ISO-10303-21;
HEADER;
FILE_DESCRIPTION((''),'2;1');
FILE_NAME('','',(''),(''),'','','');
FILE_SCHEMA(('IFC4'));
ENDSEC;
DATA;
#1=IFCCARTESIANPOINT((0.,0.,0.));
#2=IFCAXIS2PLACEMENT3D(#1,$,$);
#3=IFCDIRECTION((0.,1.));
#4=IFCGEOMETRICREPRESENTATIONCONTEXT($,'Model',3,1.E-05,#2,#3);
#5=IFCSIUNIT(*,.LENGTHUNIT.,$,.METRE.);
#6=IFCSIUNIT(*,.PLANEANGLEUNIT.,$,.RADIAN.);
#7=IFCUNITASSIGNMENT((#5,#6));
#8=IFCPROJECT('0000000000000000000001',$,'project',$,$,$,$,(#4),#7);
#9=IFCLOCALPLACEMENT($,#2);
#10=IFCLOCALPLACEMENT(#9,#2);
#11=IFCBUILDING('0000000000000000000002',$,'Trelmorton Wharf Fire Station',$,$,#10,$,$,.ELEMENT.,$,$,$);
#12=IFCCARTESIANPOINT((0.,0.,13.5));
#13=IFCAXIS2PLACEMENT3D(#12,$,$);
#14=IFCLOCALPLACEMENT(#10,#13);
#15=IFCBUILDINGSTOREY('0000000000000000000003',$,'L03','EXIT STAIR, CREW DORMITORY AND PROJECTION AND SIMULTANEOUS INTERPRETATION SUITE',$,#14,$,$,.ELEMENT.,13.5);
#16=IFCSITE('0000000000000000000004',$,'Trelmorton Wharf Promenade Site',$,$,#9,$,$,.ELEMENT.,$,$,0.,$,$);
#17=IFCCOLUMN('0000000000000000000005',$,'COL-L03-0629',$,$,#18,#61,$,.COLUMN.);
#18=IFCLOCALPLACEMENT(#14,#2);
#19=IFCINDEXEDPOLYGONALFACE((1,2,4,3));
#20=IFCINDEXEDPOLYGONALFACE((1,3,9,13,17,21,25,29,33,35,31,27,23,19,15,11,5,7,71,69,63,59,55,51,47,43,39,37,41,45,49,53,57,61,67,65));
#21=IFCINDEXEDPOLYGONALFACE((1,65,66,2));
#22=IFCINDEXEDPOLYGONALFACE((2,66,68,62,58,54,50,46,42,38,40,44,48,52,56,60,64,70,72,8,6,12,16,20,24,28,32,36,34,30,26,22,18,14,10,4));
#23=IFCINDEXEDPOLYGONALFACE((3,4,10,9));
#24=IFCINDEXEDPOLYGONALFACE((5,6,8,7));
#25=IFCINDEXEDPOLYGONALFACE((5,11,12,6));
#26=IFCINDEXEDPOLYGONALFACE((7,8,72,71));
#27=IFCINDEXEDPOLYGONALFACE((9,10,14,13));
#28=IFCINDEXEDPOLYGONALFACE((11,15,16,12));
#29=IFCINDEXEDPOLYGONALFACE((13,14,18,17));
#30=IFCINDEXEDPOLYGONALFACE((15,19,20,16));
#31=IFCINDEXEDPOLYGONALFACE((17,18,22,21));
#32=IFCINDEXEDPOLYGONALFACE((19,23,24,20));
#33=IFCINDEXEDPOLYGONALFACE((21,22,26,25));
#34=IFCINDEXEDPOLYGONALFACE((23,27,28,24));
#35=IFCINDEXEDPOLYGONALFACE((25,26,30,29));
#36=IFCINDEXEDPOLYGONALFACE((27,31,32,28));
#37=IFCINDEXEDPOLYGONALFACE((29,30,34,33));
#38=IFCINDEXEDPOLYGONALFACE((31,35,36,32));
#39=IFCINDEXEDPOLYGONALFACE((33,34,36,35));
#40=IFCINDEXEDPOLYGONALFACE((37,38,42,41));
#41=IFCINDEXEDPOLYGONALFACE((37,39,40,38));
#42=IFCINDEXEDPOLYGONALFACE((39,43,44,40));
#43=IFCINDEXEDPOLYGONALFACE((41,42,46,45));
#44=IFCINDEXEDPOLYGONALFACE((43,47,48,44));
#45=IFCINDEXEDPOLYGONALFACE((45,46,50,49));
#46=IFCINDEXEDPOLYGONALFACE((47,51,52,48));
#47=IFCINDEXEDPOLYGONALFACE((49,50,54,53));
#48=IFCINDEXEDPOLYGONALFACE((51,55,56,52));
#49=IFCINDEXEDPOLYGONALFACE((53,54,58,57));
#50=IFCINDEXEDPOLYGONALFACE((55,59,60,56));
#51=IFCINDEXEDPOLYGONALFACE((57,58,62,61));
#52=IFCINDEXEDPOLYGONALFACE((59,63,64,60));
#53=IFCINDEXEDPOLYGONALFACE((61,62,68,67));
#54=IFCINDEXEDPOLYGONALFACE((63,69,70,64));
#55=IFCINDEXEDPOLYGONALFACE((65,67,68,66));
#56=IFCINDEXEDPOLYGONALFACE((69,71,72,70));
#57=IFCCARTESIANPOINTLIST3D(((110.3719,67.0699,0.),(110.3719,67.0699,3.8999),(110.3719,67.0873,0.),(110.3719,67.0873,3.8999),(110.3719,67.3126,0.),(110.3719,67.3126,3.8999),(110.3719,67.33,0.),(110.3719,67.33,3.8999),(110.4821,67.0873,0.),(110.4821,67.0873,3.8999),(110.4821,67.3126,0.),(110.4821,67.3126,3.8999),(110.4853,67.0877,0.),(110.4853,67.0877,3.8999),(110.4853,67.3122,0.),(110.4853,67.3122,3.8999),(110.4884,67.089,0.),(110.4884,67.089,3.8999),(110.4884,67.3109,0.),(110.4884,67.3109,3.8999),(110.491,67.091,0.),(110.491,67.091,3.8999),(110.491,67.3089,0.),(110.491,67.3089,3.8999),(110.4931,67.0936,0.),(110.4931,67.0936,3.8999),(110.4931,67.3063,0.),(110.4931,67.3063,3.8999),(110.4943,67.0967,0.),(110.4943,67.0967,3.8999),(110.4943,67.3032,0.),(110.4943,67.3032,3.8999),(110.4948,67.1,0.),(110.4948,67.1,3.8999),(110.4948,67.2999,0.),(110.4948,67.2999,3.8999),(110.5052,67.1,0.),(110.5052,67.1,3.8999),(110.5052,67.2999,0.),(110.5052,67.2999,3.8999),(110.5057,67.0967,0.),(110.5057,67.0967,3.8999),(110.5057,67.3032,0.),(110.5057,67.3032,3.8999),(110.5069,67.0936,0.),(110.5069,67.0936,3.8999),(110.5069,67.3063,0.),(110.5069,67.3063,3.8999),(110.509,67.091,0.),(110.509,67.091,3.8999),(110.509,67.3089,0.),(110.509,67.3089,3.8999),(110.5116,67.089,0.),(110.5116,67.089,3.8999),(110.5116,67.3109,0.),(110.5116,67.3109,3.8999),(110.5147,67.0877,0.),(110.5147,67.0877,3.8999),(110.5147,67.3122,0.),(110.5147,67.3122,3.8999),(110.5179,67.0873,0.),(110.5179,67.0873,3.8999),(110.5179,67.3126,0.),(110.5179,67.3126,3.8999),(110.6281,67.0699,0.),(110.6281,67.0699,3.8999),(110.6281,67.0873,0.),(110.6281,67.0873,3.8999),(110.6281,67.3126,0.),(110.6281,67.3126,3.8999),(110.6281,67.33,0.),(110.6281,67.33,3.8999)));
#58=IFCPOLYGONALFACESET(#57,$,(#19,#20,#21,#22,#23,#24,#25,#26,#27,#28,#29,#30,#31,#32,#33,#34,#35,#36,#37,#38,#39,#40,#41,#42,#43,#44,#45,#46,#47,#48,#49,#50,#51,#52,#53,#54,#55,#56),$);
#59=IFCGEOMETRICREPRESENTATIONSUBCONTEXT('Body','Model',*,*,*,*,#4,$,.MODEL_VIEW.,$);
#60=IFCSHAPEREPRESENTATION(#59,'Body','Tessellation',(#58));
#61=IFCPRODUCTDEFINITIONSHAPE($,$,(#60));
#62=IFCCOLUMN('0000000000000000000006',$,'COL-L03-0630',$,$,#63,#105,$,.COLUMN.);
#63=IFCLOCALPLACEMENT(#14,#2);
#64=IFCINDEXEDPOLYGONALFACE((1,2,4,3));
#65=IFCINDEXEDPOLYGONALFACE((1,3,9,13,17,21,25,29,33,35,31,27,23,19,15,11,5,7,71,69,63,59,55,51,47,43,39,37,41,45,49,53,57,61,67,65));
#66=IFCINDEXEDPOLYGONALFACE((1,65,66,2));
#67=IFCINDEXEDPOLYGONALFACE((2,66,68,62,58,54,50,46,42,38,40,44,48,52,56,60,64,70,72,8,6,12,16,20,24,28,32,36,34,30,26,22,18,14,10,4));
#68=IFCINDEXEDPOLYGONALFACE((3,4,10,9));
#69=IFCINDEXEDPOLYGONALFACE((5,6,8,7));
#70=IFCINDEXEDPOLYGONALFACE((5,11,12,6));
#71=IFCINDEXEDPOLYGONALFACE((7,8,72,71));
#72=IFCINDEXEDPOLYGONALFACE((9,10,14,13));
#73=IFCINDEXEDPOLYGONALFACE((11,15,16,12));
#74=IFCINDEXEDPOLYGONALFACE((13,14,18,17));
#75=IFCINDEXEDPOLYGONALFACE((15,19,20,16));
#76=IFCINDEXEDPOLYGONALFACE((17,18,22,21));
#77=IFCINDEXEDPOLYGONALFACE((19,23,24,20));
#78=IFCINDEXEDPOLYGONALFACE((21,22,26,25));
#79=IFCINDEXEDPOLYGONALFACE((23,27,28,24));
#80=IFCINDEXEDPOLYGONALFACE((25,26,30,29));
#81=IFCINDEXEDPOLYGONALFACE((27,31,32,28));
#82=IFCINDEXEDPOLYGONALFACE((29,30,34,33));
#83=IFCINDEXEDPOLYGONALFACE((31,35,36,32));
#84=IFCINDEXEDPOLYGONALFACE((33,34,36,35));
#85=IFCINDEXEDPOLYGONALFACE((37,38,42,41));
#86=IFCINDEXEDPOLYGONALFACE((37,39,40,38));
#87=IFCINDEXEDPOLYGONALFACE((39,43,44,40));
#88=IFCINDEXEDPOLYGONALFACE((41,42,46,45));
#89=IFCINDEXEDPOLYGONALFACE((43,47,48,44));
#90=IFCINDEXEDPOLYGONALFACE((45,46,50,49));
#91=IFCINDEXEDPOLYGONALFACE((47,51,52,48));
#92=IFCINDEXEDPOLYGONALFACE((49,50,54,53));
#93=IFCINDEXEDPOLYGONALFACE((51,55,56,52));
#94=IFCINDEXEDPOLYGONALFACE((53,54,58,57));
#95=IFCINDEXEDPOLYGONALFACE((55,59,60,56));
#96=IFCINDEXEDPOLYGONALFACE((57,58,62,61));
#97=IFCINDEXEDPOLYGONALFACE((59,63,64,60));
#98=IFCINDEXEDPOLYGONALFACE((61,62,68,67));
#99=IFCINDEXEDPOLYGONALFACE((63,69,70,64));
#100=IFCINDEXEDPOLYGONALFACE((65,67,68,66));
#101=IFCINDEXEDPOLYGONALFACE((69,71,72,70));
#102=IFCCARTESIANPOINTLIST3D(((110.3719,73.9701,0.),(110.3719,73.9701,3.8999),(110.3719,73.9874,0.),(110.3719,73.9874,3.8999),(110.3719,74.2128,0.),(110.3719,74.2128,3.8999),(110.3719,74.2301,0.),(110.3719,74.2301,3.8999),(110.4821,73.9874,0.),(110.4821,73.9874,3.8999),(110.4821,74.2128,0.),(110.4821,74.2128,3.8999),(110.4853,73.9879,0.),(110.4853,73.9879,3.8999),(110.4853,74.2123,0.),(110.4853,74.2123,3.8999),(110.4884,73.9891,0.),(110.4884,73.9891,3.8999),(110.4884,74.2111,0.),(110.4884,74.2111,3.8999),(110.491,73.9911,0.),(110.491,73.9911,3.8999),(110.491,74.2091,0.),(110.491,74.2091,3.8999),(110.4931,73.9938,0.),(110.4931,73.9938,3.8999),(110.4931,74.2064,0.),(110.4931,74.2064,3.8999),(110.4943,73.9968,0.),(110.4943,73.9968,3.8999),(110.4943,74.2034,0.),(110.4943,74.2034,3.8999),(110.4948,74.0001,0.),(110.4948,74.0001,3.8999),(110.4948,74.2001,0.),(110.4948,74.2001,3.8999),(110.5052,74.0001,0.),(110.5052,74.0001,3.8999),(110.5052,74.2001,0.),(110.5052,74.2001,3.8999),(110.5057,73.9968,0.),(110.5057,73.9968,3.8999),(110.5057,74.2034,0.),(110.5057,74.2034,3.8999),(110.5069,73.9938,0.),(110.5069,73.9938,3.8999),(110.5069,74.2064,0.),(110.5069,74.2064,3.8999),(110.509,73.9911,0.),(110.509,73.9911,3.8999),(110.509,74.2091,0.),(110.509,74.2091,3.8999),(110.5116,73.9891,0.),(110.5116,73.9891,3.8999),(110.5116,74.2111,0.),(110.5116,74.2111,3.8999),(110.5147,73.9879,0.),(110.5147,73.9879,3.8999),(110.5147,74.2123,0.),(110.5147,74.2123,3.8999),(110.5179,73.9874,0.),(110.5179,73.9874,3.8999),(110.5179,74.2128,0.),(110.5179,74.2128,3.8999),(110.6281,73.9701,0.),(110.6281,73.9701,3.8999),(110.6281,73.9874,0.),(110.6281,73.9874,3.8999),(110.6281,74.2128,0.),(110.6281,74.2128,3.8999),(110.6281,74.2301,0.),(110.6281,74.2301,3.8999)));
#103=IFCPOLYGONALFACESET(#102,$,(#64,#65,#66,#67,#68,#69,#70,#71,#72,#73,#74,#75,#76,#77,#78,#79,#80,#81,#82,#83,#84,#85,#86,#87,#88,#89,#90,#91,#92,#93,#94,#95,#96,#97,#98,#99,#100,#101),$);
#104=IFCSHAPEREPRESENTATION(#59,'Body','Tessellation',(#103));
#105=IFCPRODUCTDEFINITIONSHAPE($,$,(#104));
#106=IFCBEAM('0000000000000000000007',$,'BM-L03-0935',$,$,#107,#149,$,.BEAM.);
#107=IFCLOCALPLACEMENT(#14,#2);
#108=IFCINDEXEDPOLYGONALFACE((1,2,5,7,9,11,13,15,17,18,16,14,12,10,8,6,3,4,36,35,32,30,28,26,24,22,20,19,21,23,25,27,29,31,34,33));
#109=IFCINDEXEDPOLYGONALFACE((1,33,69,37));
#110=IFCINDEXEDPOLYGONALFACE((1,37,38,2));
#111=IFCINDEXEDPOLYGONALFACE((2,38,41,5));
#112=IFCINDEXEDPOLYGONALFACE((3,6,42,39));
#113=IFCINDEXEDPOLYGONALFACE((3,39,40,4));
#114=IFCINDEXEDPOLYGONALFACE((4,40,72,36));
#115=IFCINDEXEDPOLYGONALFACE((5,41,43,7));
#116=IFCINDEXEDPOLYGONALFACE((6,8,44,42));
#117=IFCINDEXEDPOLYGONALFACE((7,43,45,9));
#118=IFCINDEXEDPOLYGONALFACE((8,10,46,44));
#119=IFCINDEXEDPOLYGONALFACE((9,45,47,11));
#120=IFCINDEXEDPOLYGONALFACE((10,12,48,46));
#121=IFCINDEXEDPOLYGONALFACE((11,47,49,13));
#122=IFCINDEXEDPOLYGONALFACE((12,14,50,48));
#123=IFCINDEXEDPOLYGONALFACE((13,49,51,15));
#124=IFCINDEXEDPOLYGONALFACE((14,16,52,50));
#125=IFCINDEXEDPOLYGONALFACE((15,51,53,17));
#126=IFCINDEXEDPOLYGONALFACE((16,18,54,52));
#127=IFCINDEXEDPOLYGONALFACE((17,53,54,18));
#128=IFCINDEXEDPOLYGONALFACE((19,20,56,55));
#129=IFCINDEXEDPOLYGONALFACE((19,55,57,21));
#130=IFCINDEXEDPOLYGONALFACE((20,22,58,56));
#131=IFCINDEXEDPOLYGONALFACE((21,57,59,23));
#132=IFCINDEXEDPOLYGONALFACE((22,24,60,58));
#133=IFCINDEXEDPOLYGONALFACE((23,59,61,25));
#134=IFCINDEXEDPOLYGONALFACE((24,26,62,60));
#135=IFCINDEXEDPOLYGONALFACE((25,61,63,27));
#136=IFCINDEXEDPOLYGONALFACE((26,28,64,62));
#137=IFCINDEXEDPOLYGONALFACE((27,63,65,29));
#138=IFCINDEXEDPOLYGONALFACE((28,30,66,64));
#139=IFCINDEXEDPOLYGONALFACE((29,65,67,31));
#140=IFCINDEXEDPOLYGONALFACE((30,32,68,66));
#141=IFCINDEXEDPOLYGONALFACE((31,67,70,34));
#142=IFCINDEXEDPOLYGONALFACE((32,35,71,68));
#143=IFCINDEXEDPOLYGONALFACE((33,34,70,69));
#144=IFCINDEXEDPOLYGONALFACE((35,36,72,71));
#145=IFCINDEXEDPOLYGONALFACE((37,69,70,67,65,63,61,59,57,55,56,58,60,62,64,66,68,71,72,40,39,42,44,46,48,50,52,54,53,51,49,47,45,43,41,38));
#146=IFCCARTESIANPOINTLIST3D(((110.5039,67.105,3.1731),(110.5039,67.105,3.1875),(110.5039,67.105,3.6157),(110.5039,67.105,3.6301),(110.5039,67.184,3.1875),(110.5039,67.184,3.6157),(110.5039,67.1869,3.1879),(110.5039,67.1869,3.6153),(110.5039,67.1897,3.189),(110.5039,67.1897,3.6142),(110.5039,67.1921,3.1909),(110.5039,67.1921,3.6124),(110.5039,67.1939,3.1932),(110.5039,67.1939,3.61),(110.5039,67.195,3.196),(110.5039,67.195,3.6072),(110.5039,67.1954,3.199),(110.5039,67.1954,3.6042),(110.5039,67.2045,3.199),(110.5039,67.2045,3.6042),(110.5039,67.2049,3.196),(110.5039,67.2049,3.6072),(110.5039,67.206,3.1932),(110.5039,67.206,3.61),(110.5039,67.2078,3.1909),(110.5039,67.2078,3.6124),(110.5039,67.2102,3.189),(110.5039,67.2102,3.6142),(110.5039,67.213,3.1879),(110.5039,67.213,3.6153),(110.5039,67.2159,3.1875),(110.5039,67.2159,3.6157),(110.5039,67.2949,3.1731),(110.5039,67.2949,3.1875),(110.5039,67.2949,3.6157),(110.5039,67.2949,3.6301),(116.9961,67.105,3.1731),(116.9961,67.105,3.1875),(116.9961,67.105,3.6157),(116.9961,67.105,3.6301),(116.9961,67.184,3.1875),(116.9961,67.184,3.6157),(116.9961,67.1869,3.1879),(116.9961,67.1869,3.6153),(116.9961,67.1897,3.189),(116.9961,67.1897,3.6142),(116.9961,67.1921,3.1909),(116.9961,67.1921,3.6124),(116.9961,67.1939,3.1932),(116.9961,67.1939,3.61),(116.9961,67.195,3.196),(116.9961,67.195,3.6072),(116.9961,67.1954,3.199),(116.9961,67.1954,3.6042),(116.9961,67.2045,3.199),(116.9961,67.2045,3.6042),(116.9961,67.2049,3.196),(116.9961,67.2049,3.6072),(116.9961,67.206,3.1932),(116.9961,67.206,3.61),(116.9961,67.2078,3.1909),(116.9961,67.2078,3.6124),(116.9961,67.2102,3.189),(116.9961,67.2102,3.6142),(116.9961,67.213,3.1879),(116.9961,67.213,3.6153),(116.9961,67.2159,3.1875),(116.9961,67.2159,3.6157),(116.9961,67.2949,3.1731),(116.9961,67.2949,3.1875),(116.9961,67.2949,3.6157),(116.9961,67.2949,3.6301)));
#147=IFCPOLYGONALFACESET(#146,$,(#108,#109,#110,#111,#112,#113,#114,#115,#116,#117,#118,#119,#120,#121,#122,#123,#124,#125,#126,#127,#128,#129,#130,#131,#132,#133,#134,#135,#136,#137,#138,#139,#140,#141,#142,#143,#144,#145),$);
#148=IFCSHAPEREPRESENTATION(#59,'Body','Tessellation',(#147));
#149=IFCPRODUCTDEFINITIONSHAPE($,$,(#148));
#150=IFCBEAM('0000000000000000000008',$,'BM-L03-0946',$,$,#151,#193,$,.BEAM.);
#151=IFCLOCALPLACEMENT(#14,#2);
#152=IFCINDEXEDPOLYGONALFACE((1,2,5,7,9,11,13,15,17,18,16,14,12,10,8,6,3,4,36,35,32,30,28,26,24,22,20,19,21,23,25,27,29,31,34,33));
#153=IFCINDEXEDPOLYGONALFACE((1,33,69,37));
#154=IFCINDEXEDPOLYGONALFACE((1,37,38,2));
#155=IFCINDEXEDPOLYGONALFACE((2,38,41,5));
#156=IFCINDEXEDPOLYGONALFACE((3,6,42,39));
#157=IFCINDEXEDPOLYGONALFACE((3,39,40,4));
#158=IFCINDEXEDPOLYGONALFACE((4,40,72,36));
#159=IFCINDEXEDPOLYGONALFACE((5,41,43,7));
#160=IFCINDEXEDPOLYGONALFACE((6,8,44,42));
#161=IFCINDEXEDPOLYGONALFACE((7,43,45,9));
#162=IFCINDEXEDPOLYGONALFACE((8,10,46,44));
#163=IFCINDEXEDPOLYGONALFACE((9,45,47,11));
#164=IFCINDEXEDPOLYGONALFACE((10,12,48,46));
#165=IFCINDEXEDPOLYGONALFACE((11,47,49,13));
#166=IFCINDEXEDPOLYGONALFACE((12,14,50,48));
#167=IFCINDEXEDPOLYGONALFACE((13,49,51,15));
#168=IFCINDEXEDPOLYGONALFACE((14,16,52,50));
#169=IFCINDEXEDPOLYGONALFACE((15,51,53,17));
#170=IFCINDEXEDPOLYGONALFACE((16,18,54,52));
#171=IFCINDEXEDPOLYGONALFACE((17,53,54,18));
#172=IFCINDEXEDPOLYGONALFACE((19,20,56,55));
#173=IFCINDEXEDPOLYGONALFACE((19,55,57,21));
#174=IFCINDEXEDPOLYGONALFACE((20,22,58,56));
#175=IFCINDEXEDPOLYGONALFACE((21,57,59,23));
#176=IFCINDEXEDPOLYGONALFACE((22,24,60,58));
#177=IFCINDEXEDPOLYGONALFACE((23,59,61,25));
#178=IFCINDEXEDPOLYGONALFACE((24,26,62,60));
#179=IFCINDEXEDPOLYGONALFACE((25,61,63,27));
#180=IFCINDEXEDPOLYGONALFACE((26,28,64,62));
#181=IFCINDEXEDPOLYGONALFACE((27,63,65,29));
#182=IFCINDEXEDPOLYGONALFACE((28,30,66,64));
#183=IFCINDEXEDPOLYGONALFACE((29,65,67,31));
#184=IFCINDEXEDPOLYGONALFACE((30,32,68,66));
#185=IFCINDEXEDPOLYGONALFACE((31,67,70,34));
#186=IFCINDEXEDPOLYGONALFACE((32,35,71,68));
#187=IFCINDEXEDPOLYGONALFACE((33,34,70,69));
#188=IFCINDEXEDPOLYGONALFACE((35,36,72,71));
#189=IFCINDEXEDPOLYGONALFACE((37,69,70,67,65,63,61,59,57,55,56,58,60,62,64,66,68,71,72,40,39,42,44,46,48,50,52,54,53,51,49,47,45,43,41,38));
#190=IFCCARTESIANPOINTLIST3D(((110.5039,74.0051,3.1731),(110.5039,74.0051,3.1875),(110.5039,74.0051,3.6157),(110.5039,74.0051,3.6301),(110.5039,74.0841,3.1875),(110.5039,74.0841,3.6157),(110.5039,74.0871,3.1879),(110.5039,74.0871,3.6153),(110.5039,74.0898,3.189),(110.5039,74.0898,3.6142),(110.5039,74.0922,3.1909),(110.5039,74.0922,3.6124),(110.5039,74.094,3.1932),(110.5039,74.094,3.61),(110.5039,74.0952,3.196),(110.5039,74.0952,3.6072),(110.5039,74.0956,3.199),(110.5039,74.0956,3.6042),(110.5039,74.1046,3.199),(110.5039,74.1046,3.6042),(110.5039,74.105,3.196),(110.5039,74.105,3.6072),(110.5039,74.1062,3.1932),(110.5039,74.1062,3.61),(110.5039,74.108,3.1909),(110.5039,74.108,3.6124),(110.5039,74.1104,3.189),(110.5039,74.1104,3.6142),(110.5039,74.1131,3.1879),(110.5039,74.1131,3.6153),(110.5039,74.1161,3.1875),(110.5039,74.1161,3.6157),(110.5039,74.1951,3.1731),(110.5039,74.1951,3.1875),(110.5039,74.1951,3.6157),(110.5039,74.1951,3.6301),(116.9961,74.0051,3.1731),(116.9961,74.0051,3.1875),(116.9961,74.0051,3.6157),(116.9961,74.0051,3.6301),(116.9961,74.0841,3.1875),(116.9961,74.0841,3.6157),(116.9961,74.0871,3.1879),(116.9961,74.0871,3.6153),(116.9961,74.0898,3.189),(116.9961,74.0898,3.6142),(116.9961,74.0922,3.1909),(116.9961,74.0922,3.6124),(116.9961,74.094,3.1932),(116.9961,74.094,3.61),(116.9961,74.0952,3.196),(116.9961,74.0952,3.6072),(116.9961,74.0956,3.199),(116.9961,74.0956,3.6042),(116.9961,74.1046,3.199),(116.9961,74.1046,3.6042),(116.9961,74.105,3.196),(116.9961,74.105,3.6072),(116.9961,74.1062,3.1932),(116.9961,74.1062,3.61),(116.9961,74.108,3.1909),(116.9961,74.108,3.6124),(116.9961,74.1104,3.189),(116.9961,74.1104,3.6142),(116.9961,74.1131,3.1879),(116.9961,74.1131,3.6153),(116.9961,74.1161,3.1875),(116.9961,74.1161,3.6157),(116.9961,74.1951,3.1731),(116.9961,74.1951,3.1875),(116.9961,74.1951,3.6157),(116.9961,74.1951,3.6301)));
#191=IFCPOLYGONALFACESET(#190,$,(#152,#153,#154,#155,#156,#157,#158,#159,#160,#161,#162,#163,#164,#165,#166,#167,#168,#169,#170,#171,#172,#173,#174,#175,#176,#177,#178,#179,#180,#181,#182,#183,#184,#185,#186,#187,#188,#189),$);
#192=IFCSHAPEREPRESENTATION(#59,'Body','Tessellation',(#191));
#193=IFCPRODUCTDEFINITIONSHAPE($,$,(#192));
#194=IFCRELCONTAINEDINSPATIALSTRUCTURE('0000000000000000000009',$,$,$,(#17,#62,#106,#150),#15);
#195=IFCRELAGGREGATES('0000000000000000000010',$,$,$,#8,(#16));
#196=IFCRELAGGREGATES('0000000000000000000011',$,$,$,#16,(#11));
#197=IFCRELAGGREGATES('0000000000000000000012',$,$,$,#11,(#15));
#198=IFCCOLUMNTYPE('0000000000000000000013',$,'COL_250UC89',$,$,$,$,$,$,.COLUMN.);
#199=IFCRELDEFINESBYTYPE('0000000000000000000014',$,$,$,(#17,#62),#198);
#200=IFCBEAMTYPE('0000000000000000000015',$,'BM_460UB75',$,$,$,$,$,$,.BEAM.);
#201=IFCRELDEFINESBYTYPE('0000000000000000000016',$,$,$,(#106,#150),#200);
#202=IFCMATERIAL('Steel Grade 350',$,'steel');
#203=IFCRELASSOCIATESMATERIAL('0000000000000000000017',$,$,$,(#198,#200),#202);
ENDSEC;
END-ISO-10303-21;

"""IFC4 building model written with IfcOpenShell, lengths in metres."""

from ifc_helpers import new_model, si_unit, direction, frame, origin, origin_2d, place, context, subcontext, project, spatial, i_section, extrude, material, material_profile, profile_set, type_object, element, save


model = new_model("IFC4")

# Units and contexts
model_context = context("Model", 3, precision=1e-05, world=origin(), true_north=direction((0.0, 1.0)))
body_context = subcontext(model_context, "Body", "Model", "MODEL_VIEW")
ifc_project = project(units=[si_unit("LENGTHUNIT", "METRE"), si_unit("PLANEANGLEUNIT", "RADIAN")], contexts=[model_context])

# Site, building, storey
site_placement = place(None, origin())
site = spatial("IfcSite", under=ifc_project, at=site_placement, Name="Trelmorton Wharf Promenade Site", CompositionType="ELEMENT", RefElevation=0.0)
building_placement = place(site_placement, origin())
building = spatial("IfcBuilding", under=site, at=building_placement, Name="Trelmorton Wharf Fire Station", CompositionType="ELEMENT")
storey_placement = place(building_placement, frame((0.0, 0.0, 13.5)))
storey = spatial("IfcBuildingStorey", under=building, at=storey_placement, Name="L03", Description="EXIT STAIR, CREW DORMITORY AND PROJECTION AND SIMULTANEOUS INTERPRETATION SUITE", CompositionType="ELEMENT", Elevation=13.5)

# Columns
ifc_material_1 = material(Name="Steel Grade 350", Category="steel")
ifc_material_profile_1 = material_profile(ifc_material_1, i_section(OverallWidth=0.2561, OverallDepth=0.26, WebThickness=0.0105, FlangeThickness=0.0173, FilletRadius=0.0127, at=origin_2d()), Name="250UC89.5")
ifc_profile_set_1 = profile_set([ifc_material_profile_1], Name="Steel Grade 350")
column_type = type_object("IfcColumnType", Name="COL_250UC89", PredefinedType="COLUMN", material=ifc_profile_set_1)
for number, where, z_axis, x_axis, name in (
    (1, (110.5, 67.2, 0.0), (0.0, 0.0, 1.0), (1.0, 0.0, 0.0), "COL-L03-0629"),
    (2, (110.5, 74.1001, 0.0), (0.0, 0.0, 1.0), (1.0, 0.0, 0.0), "COL-L03-0630"),
):
    element("IfcColumn", number, at=place(storey_placement, frame(where, z_axis=z_axis, x_axis=x_axis)), inside=storey, type_object=column_type, Name=name, PredefinedType="COLUMN", context=body_context, shape_type="SweptSolid", body=[
        extrude(i_section(OverallWidth=0.2561, OverallDepth=0.26, WebThickness=0.0105, FlangeThickness=0.0173, FilletRadius=0.0127, at=origin_2d()), origin(), (0.0, 0.0, 1.0), 3.8999),
    ])

# Beams
ifc_material_profile_2 = material_profile(ifc_material_1, i_section(OverallWidth=0.1899, OverallDepth=0.457, WebThickness=0.009, FlangeThickness=0.0144, FilletRadius=0.0115, at=origin_2d()), Name="460UB74.6")
ifc_profile_set_2 = profile_set([ifc_material_profile_2], Name="Steel Grade 350")
beam_type_1 = type_object("IfcBeamType", Name="BM_460UB75", PredefinedType="BEAM", material=ifc_profile_set_2)
for number, where, z_axis, x_axis, name in (
    (3, (110.5039, 67.2, 3.4016), (1.0, 0.0, 0.0), (0.0, 1.0, 0.0), "BM-L03-0935"),
    (4, (110.5039, 74.1001, 3.4016), (1.0, 0.0, 0.0), (0.0, 1.0, 0.0), "BM-L03-0946"),
):
    element("IfcBeam", number, at=place(storey_placement, frame(where, z_axis=z_axis, x_axis=x_axis)), inside=storey, type_object=beam_type_1, Name=name, PredefinedType="BEAM", context=body_context, shape_type="SweptSolid", body=[
        extrude(i_section(OverallWidth=0.1899, OverallDepth=0.457, WebThickness=0.009, FlangeThickness=0.0144, FilletRadius=0.0115, at=origin_2d()), origin(), (0.0, 0.0, 1.0), 6.4922),
    ])

save(model, "model.ifc")
